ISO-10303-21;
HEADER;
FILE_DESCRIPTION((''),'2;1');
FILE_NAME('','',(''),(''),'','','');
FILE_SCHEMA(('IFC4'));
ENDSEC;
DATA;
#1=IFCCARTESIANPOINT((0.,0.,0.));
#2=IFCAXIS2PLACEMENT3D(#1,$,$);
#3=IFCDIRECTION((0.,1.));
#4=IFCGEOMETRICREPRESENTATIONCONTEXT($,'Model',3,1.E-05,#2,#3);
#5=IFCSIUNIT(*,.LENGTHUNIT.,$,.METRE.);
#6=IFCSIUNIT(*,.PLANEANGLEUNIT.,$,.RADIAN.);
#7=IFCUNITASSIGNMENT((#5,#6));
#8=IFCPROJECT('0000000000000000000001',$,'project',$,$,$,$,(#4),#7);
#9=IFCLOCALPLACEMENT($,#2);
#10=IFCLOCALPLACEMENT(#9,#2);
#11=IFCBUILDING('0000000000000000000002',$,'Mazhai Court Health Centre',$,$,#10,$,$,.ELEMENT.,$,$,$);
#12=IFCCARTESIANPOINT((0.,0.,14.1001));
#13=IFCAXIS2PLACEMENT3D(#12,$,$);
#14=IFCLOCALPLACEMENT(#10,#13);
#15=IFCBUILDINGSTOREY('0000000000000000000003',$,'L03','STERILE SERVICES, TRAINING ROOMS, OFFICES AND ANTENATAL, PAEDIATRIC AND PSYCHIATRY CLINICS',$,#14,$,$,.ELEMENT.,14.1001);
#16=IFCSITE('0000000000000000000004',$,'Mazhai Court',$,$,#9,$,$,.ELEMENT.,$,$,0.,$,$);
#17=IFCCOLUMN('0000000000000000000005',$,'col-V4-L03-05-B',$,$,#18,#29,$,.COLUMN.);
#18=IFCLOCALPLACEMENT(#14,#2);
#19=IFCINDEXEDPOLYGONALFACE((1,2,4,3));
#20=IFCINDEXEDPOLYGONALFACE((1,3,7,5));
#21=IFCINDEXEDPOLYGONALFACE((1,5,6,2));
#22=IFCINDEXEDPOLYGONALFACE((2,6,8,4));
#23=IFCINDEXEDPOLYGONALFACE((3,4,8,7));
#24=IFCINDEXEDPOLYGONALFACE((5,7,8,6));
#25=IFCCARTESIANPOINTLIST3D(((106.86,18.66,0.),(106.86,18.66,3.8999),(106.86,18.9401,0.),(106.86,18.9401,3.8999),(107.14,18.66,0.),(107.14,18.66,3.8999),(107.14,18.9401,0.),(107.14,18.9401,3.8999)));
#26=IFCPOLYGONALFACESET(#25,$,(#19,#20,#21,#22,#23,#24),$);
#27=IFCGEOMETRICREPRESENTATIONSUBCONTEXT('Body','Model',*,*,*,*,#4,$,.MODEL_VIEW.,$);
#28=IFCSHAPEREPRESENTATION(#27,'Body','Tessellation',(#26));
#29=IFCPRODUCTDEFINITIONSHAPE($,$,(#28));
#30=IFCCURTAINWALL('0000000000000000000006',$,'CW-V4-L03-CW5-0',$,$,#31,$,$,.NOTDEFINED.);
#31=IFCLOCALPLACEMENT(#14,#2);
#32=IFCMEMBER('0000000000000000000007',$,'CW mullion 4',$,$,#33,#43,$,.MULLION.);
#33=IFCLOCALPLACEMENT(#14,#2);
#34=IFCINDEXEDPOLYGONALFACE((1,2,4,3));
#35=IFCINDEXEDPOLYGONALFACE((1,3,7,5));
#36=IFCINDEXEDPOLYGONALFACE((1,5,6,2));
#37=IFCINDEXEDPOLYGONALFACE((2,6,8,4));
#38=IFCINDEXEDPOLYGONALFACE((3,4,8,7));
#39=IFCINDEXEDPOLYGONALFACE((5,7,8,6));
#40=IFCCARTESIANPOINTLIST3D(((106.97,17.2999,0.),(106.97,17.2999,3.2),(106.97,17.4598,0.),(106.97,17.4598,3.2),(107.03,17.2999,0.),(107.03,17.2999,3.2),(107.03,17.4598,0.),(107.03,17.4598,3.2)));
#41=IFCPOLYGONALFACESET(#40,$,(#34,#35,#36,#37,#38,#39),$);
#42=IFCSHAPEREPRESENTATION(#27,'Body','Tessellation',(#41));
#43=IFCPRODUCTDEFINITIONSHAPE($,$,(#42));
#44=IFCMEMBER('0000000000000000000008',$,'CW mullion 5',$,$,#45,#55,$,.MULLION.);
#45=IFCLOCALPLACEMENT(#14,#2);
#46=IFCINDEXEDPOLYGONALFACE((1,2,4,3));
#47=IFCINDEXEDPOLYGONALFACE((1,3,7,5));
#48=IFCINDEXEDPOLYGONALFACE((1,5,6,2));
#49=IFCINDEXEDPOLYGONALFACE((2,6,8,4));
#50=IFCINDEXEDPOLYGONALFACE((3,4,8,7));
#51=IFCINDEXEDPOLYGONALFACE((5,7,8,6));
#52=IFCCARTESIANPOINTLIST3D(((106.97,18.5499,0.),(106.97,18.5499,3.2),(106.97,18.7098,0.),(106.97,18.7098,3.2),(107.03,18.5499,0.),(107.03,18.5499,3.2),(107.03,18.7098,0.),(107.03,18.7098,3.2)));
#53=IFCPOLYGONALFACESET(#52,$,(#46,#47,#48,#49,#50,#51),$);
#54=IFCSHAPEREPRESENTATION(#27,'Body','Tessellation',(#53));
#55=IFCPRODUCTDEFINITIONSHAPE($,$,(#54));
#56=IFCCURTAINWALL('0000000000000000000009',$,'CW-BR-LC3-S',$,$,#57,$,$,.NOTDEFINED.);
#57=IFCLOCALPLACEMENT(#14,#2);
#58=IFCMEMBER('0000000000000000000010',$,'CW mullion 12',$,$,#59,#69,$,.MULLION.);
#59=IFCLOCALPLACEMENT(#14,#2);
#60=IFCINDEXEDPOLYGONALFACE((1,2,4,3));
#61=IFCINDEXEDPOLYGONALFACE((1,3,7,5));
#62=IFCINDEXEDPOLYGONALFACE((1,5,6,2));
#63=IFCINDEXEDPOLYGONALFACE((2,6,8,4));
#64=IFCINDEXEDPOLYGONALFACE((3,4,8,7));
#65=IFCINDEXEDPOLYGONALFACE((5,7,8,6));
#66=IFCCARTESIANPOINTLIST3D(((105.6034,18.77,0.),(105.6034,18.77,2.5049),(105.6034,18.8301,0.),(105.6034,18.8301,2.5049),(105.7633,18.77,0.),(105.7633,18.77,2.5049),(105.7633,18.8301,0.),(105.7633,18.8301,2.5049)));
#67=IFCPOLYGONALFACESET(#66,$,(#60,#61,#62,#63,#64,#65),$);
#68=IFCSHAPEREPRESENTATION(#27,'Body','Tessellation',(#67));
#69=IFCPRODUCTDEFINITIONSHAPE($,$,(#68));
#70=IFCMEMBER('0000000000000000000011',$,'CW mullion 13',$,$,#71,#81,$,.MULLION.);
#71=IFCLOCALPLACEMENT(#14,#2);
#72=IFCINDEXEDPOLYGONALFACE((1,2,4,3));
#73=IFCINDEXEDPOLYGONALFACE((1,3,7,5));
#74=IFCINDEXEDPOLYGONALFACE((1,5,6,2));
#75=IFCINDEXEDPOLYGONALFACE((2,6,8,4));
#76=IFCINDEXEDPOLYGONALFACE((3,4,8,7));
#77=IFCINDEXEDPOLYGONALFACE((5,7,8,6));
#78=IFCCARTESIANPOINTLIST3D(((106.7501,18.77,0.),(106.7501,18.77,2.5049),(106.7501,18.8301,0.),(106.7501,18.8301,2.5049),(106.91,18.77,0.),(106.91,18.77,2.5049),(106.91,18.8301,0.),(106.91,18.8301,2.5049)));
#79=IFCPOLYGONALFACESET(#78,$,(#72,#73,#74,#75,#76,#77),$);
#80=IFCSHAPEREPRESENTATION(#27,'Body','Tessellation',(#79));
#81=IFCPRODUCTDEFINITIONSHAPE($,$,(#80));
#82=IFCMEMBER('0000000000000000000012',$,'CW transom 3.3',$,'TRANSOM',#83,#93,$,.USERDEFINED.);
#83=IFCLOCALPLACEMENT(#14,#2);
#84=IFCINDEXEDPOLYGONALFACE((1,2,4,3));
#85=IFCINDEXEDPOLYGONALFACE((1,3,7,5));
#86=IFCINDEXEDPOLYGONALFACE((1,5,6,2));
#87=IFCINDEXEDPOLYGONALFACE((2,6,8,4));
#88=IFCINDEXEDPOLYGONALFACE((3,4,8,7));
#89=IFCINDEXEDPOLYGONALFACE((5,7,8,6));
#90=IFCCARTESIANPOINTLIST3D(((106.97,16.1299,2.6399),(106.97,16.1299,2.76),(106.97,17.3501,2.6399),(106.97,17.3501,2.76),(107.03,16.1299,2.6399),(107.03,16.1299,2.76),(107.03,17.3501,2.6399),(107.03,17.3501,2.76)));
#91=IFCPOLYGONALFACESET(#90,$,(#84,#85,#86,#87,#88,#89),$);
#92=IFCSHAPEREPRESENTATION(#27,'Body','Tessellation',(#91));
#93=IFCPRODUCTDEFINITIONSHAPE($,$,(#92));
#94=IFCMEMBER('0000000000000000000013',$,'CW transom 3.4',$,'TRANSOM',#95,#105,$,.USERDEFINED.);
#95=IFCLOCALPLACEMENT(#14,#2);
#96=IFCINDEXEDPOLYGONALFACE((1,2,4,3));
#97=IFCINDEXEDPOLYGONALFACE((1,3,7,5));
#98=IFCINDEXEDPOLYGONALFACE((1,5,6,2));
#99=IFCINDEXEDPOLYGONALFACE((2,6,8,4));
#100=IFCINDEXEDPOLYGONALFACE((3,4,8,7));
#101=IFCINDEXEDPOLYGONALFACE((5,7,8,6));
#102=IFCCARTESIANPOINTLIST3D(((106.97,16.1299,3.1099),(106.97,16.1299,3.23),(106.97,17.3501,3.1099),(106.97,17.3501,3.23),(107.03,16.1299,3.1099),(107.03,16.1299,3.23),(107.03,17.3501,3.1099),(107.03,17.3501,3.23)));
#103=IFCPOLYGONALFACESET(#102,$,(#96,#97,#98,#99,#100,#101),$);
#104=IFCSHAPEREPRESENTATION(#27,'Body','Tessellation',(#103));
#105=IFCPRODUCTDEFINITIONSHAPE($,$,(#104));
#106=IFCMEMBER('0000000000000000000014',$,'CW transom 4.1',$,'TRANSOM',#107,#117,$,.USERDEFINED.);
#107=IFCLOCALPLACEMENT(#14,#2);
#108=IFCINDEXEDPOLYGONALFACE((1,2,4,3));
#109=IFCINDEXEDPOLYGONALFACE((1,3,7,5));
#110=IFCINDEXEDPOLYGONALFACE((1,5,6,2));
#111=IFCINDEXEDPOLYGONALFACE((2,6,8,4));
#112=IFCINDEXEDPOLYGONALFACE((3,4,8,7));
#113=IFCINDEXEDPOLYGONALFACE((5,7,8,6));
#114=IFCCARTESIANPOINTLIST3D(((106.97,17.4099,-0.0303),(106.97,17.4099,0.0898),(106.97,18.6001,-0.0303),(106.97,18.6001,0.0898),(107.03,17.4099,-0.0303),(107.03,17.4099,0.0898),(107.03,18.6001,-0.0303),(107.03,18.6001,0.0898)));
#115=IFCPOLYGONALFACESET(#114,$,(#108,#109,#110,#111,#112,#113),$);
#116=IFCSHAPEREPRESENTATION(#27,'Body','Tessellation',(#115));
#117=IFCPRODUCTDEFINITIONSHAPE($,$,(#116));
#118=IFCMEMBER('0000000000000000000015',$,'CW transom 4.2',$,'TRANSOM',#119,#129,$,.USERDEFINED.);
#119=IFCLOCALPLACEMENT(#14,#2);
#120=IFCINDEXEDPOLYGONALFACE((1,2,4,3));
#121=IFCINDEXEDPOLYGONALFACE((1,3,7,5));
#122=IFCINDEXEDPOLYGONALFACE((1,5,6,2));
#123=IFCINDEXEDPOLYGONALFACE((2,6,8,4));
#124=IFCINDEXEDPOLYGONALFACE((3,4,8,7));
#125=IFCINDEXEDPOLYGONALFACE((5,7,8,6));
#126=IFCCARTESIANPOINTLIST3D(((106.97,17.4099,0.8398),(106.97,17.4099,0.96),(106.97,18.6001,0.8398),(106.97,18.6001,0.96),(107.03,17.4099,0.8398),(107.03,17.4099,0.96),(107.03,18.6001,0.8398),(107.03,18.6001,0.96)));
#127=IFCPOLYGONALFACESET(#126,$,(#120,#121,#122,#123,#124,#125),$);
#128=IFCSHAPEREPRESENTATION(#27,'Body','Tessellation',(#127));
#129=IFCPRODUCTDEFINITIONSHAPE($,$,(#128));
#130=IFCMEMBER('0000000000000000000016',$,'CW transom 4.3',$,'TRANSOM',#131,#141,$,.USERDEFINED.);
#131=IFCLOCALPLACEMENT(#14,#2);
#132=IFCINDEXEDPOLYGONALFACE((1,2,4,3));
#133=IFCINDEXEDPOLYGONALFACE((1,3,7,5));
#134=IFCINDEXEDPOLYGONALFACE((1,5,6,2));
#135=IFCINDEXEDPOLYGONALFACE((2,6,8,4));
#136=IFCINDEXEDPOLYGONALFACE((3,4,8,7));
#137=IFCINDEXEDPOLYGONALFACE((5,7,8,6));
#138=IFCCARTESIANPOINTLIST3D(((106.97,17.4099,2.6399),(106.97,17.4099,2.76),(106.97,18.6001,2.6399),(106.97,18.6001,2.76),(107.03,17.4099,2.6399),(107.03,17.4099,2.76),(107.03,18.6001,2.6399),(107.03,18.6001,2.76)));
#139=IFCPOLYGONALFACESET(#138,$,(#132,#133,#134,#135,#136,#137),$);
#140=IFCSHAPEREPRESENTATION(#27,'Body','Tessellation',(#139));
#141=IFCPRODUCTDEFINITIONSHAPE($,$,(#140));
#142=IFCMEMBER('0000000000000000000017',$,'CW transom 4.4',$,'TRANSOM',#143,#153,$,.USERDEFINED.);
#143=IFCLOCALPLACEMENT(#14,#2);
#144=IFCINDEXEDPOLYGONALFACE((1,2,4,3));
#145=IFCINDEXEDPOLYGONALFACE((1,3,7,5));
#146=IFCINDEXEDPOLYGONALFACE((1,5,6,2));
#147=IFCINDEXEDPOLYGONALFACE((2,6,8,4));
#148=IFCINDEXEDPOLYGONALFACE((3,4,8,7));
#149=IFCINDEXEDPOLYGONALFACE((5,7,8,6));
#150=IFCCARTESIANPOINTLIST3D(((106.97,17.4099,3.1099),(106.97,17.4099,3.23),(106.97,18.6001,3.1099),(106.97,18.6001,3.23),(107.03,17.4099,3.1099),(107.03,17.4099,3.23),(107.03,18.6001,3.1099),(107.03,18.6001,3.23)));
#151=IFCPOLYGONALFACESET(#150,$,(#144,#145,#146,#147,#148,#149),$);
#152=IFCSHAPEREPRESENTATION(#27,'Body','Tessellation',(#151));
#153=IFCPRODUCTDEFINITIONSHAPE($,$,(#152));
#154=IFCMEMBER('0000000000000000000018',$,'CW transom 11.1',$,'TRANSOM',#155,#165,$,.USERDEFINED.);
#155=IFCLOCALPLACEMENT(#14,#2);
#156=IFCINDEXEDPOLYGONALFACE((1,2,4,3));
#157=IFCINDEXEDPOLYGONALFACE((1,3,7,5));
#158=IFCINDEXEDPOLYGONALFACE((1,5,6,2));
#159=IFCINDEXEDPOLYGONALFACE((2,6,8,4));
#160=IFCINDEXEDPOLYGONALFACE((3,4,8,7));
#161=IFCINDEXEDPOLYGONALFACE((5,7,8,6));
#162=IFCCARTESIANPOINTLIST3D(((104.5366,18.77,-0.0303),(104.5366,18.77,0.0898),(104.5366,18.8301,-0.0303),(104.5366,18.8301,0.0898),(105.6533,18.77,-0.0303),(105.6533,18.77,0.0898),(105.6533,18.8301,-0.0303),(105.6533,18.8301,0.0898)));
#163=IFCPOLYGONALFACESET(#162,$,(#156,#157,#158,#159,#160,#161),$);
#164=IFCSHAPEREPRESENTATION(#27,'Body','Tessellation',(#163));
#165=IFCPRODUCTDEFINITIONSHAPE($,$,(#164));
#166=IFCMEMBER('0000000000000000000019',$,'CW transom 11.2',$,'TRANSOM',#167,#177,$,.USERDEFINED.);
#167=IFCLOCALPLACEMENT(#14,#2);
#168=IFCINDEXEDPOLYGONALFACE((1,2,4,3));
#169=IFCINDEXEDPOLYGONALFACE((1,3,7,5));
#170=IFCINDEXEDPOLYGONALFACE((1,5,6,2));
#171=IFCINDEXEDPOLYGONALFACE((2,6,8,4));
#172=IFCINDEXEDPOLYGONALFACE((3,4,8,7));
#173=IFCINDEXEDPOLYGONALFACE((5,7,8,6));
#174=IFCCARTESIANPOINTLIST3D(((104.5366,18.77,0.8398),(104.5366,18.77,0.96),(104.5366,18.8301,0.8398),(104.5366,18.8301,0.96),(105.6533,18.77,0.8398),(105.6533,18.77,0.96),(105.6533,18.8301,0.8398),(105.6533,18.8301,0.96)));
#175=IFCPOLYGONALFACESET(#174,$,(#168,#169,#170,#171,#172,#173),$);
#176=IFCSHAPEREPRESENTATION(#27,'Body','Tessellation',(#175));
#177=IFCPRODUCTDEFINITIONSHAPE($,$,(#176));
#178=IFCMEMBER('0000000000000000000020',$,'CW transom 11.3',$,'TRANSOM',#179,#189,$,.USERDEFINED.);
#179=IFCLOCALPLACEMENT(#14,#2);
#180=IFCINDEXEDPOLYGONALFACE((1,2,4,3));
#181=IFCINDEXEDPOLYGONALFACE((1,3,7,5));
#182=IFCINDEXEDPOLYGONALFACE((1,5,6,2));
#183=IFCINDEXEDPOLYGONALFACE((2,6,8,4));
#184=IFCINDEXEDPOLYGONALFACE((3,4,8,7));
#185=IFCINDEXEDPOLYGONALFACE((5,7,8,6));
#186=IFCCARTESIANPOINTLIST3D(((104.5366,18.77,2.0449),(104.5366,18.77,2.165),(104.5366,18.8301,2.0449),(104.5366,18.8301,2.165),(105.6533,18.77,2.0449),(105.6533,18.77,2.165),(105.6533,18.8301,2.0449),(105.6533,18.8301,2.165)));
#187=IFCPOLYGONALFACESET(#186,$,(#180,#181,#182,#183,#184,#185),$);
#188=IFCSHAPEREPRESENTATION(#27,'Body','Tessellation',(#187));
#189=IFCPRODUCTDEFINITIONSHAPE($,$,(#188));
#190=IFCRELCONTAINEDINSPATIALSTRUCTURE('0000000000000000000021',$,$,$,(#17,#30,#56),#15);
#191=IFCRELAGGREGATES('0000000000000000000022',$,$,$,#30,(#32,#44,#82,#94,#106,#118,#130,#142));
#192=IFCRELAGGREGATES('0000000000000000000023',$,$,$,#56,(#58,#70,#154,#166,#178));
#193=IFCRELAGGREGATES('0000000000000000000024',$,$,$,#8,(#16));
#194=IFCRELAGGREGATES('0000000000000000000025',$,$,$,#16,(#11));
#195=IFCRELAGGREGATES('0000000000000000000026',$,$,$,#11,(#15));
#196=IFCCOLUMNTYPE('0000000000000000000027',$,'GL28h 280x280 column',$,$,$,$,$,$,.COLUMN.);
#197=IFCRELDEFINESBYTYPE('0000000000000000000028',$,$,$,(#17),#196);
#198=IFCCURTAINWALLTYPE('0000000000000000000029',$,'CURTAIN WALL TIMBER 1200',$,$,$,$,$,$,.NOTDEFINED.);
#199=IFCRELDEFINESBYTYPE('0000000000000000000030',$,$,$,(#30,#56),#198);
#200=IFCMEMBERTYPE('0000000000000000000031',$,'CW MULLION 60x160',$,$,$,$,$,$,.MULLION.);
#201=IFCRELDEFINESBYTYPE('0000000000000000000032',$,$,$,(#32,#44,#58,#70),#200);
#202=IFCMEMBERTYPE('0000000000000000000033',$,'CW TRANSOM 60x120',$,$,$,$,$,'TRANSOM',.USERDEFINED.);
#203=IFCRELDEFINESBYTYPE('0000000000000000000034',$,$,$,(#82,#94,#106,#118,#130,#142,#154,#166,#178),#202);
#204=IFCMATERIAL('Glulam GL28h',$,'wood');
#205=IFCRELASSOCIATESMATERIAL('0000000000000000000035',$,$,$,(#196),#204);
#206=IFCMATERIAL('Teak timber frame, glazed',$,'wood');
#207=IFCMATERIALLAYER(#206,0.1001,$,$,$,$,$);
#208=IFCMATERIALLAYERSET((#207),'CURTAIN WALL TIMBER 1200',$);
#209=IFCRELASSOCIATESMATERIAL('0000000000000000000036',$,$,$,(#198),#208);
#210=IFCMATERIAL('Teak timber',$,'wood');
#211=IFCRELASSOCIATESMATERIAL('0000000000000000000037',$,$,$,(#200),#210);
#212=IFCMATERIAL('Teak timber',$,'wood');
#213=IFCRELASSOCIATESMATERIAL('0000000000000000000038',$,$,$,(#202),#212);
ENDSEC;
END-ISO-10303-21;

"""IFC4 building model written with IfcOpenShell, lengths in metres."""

from ifc_helpers import new_model, si_unit, direction, frame, origin, origin_2d, place, context, subcontext, project, spatial, rectangle, extrude, material, layer, layer_set, material_profile, profile_set, type_object, element, aggregate, save


model = new_model("IFC4")

# Units and contexts
model_context = context("Model", 3, precision=1e-05, world=origin(), true_north=direction((0.0, 1.0)))
body_context = subcontext(model_context, "Body", "Model", "MODEL_VIEW")
ifc_project = project(units=[si_unit("LENGTHUNIT", "METRE"), si_unit("PLANEANGLEUNIT", "RADIAN")], contexts=[model_context])

# Site, building, storey
site_placement = place(None, origin())
site = spatial("IfcSite", under=ifc_project, at=site_placement, Name="Mazhai Court", CompositionType="ELEMENT", RefElevation=0.0)
building_placement = place(site_placement, origin())
building = spatial("IfcBuilding", under=site, at=building_placement, Name="Mazhai Court Health Centre", CompositionType="ELEMENT")
storey_placement = place(building_placement, frame((0.0, 0.0, 14.1001)))
storey = spatial("IfcBuildingStorey", under=building, at=storey_placement, Name="L03", Description="STERILE SERVICES, TRAINING ROOMS, OFFICES AND ANTENATAL, PAEDIATRIC AND PSYCHIATRY CLINICS", CompositionType="ELEMENT", Elevation=14.1001)

# Column
ifc_material_1 = material(Name="Glulam GL28h", Category="wood")
ifc_material_profile_1 = material_profile(ifc_material_1, rectangle(XDim=0.28, YDim=0.28, at=origin_2d()), Name="GL28h 280x280")
ifc_profile_set_1 = profile_set([ifc_material_profile_1], Name="Glulam GL28h")
column_type = type_object("IfcColumnType", Name="GL28h 280x280 column", PredefinedType="COLUMN", material=ifc_profile_set_1)
column_placement = place(storey_placement, frame((107.0, 18.8, 0.0), z_axis=(0.0, 0.0, 1.0), x_axis=(1.0, 0.0, 0.0)))
element("IfcColumn", 1, at=column_placement, inside=storey, type_object=column_type, Name="col-V4-L03-05-B", PredefinedType="COLUMN", context=body_context, shape_type="SweptSolid", body=[
    extrude(rectangle(XDim=0.28, YDim=0.28, at=origin_2d()), origin(), (0.0, 0.0, 1.0), 3.8999),
])

# Curtain walls, members
ifc_material_2 = material(Name="Teak timber frame, glazed", Category="wood")
ifc_layer_1 = layer(ifc_material_2, 0.1001)
ifc_layer_set_1 = layer_set([ifc_layer_1], Name="CURTAIN WALL TIMBER 1200")
curtain_wall_type = type_object("IfcCurtainWallType", Name="CURTAIN WALL TIMBER 1200", PredefinedType="NOTDEFINED", material=ifc_layer_set_1)
curtain_wall_1_placement = place(storey_placement, origin())
curtain_wall_1 = element("IfcCurtainWall", 2, at=curtain_wall_1_placement, inside=storey, type_object=curtain_wall_type, Name="CW-V4-L03-CW5-0", PredefinedType="NOTDEFINED")
ifc_material_3 = material(Name="Teak timber", Category="wood")
ifc_material_profile_2 = material_profile(ifc_material_3, rectangle(XDim=0.0601, YDim=0.1599, at=origin_2d()), Name="CW MULLION 60x160")
ifc_profile_set_2 = profile_set([ifc_material_profile_2], Name="Teak timber")
member_type_1 = type_object("IfcMemberType", Name="CW MULLION 60x160", PredefinedType="MULLION", material=ifc_profile_set_2)
member_1_placement = place(storey_placement, frame((107.0, 17.3799, 0.0), z_axis=(0.0, 0.0, 1.0), x_axis=(-1.0, 0.0, 0.0)))
member_1 = element("IfcMember", 3, at=member_1_placement, type_object=member_type_1, Name="CW mullion 4", PredefinedType="MULLION", context=body_context, shape_type="SweptSolid", body=[
    extrude(rectangle(XDim=0.0601, YDim=0.1599, at=origin_2d()), origin(), (0.0, 0.0, 1.0), 3.2),
])
member_2_placement = place(storey_placement, frame((107.0, 18.6299, 0.0), z_axis=(0.0, 0.0, 1.0), x_axis=(-1.0, 0.0, 0.0)))
member_2 = element("IfcMember", 4, at=member_2_placement, type_object=member_type_1, Name="CW mullion 5", PredefinedType="MULLION", context=body_context, shape_type="SweptSolid", body=[
    extrude(rectangle(XDim=0.0601, YDim=0.1599, at=origin_2d()), origin(), (0.0, 0.0, 1.0), 3.2),
])
curtain_wall_2_placement = place(storey_placement, origin())
curtain_wall_2 = element("IfcCurtainWall", 5, at=curtain_wall_2_placement, inside=storey, type_object=curtain_wall_type, Name="CW-BR-LC3-S", PredefinedType="NOTDEFINED")
member_3_placement = place(storey_placement, frame((105.6833, 18.8, 0.0), z_axis=(0.0, 0.0, 1.0), x_axis=(0.0, 1.0, 0.0)))
member_3 = element("IfcMember", 6, at=member_3_placement, type_object=member_type_1, Name="CW mullion 12", PredefinedType="MULLION", context=body_context, shape_type="SweptSolid", body=[
    extrude(rectangle(XDim=0.0601, YDim=0.1599, at=origin_2d()), origin(), (0.0, 0.0, 1.0), 2.5049),
])
member_4_placement = place(storey_placement, frame((106.8301, 18.8, 0.0), z_axis=(0.0, 0.0, 1.0), x_axis=(0.0, 1.0, 0.0)))
member_4 = element("IfcMember", 7, at=member_4_placement, type_object=member_type_1, Name="CW mullion 13", PredefinedType="MULLION", context=body_context, shape_type="SweptSolid", body=[
    extrude(rectangle(XDim=0.0601, YDim=0.1599, at=origin_2d()), origin(), (0.0, 0.0, 1.0), 2.5049),
])

# Members
ifc_material_4 = material(Name="Teak timber", Category="wood")
ifc_material_profile_3 = material_profile(ifc_material_4, rectangle(XDim=0.0601, YDim=0.1201, at=origin_2d()), Name="CW TRANSOM 60x120")
ifc_profile_set_3 = profile_set([ifc_material_profile_3], Name="Teak timber")
member_type_2 = type_object("IfcMemberType", Name="CW TRANSOM 60x120", ElementType="TRANSOM", PredefinedType="USERDEFINED", material=ifc_profile_set_3)
member_5_placement = place(storey_placement, frame((107.0, 16.1299, 2.7), z_axis=(0.0, 1.0, 0.0), x_axis=(-1.0, 0.0, 0.0)))
member_5 = element("IfcMember", 8, at=member_5_placement, type_object=member_type_2, Name="CW transom 3.3", ObjectType="TRANSOM", PredefinedType="USERDEFINED", context=body_context, shape_type="SweptSolid", body=[
    extrude(rectangle(XDim=0.0601, YDim=0.1201, at=origin_2d()), origin(), (0.0, 0.0, 1.0), 1.2202),
])
member_6_placement = place(storey_placement, frame((107.0, 16.1299, 3.1699), z_axis=(0.0, 1.0, 0.0), x_axis=(-1.0, 0.0, 0.0)))
member_6 = element("IfcMember", 9, at=member_6_placement, type_object=member_type_2, Name="CW transom 3.4", ObjectType="TRANSOM", PredefinedType="USERDEFINED", context=body_context, shape_type="SweptSolid", body=[
    extrude(rectangle(XDim=0.0601, YDim=0.1201, at=origin_2d()), origin(), (0.0, 0.0, 1.0), 1.2202),
])
member_7_placement = place(storey_placement, frame((107.0, 17.4099, 0.0298), z_axis=(0.0, 1.0, 0.0), x_axis=(-1.0, 0.0, 0.0)))
member_7 = element("IfcMember", 10, at=member_7_placement, type_object=member_type_2, Name="CW transom 4.1", ObjectType="TRANSOM", PredefinedType="USERDEFINED", context=body_context, shape_type="SweptSolid", body=[
    extrude(rectangle(XDim=0.0601, YDim=0.1201, at=origin_2d()), origin(), (0.0, 0.0, 1.0), 1.1902),
])
member_8_placement = place(storey_placement, frame((107.0, 17.4099, 0.8999), z_axis=(0.0, 1.0, 0.0), x_axis=(-1.0, 0.0, 0.0)))
member_8 = element("IfcMember", 11, at=member_8_placement, type_object=member_type_2, Name="CW transom 4.2", ObjectType="TRANSOM", PredefinedType="USERDEFINED", context=body_context, shape_type="SweptSolid", body=[
    extrude(rectangle(XDim=0.0601, YDim=0.1201, at=origin_2d()), origin(), (0.0, 0.0, 1.0), 1.1902),
])
member_9_placement = place(storey_placement, frame((107.0, 17.4099, 2.7), z_axis=(0.0, 1.0, 0.0), x_axis=(-1.0, 0.0, 0.0)))
member_9 = element("IfcMember", 12, at=member_9_placement, type_object=member_type_2, Name="CW transom 4.3", ObjectType="TRANSOM", PredefinedType="USERDEFINED", context=body_context, shape_type="SweptSolid", body=[
    extrude(rectangle(XDim=0.0601, YDim=0.1201, at=origin_2d()), origin(), (0.0, 0.0, 1.0), 1.1902),
])
member_10_placement = place(storey_placement, frame((107.0, 17.4099, 3.1699), z_axis=(0.0, 1.0, 0.0), x_axis=(-1.0, 0.0, 0.0)))
member_10 = element("IfcMember", 13, at=member_10_placement, type_object=member_type_2, Name="CW transom 4.4", ObjectType="TRANSOM", PredefinedType="USERDEFINED", context=body_context, shape_type="SweptSolid", body=[
    extrude(rectangle(XDim=0.0601, YDim=0.1201, at=origin_2d()), origin(), (0.0, 0.0, 1.0), 1.1902),
])
member_11_placement = place(storey_placement, frame((104.5366, 18.8, 0.0298), z_axis=(1.0, 0.0, 0.0), x_axis=(0.0, 1.0, 0.0)))
member_11 = element("IfcMember", 14, at=member_11_placement, type_object=member_type_2, Name="CW transom 11.1", ObjectType="TRANSOM", PredefinedType="USERDEFINED", context=body_context, shape_type="SweptSolid", body=[
    extrude(rectangle(XDim=0.0601, YDim=0.1201, at=origin_2d()), origin(), (0.0, 0.0, 1.0), 1.1167),
])
member_12_placement = place(storey_placement, frame((104.5366, 18.8, 0.8999), z_axis=(1.0, 0.0, 0.0), x_axis=(0.0, 1.0, 0.0)))
member_12 = element("IfcMember", 15, at=member_12_placement, type_object=member_type_2, Name="CW transom 11.2", ObjectType="TRANSOM", PredefinedType="USERDEFINED", context=body_context, shape_type="SweptSolid", body=[
    extrude(rectangle(XDim=0.0601, YDim=0.1201, at=origin_2d()), origin(), (0.0, 0.0, 1.0), 1.1167),
])
member_13_placement = place(storey_placement, frame((104.5366, 18.8, 2.105), z_axis=(1.0, 0.0, 0.0), x_axis=(0.0, 1.0, 0.0)))
member_13 = element("IfcMember", 16, at=member_13_placement, type_object=member_type_2, Name="CW transom 11.3", ObjectType="TRANSOM", PredefinedType="USERDEFINED", context=body_context, shape_type="SweptSolid", body=[
    extrude(rectangle(XDim=0.0601, YDim=0.1201, at=origin_2d()), origin(), (0.0, 0.0, 1.0), 1.1167),
])

aggregate(curtain_wall_1, [member_1, member_2, member_5, member_6, member_7, member_8, member_9, member_10])
aggregate(curtain_wall_2, [member_3, member_4, member_11, member_12, member_13])

save(model, "model.ifc")
